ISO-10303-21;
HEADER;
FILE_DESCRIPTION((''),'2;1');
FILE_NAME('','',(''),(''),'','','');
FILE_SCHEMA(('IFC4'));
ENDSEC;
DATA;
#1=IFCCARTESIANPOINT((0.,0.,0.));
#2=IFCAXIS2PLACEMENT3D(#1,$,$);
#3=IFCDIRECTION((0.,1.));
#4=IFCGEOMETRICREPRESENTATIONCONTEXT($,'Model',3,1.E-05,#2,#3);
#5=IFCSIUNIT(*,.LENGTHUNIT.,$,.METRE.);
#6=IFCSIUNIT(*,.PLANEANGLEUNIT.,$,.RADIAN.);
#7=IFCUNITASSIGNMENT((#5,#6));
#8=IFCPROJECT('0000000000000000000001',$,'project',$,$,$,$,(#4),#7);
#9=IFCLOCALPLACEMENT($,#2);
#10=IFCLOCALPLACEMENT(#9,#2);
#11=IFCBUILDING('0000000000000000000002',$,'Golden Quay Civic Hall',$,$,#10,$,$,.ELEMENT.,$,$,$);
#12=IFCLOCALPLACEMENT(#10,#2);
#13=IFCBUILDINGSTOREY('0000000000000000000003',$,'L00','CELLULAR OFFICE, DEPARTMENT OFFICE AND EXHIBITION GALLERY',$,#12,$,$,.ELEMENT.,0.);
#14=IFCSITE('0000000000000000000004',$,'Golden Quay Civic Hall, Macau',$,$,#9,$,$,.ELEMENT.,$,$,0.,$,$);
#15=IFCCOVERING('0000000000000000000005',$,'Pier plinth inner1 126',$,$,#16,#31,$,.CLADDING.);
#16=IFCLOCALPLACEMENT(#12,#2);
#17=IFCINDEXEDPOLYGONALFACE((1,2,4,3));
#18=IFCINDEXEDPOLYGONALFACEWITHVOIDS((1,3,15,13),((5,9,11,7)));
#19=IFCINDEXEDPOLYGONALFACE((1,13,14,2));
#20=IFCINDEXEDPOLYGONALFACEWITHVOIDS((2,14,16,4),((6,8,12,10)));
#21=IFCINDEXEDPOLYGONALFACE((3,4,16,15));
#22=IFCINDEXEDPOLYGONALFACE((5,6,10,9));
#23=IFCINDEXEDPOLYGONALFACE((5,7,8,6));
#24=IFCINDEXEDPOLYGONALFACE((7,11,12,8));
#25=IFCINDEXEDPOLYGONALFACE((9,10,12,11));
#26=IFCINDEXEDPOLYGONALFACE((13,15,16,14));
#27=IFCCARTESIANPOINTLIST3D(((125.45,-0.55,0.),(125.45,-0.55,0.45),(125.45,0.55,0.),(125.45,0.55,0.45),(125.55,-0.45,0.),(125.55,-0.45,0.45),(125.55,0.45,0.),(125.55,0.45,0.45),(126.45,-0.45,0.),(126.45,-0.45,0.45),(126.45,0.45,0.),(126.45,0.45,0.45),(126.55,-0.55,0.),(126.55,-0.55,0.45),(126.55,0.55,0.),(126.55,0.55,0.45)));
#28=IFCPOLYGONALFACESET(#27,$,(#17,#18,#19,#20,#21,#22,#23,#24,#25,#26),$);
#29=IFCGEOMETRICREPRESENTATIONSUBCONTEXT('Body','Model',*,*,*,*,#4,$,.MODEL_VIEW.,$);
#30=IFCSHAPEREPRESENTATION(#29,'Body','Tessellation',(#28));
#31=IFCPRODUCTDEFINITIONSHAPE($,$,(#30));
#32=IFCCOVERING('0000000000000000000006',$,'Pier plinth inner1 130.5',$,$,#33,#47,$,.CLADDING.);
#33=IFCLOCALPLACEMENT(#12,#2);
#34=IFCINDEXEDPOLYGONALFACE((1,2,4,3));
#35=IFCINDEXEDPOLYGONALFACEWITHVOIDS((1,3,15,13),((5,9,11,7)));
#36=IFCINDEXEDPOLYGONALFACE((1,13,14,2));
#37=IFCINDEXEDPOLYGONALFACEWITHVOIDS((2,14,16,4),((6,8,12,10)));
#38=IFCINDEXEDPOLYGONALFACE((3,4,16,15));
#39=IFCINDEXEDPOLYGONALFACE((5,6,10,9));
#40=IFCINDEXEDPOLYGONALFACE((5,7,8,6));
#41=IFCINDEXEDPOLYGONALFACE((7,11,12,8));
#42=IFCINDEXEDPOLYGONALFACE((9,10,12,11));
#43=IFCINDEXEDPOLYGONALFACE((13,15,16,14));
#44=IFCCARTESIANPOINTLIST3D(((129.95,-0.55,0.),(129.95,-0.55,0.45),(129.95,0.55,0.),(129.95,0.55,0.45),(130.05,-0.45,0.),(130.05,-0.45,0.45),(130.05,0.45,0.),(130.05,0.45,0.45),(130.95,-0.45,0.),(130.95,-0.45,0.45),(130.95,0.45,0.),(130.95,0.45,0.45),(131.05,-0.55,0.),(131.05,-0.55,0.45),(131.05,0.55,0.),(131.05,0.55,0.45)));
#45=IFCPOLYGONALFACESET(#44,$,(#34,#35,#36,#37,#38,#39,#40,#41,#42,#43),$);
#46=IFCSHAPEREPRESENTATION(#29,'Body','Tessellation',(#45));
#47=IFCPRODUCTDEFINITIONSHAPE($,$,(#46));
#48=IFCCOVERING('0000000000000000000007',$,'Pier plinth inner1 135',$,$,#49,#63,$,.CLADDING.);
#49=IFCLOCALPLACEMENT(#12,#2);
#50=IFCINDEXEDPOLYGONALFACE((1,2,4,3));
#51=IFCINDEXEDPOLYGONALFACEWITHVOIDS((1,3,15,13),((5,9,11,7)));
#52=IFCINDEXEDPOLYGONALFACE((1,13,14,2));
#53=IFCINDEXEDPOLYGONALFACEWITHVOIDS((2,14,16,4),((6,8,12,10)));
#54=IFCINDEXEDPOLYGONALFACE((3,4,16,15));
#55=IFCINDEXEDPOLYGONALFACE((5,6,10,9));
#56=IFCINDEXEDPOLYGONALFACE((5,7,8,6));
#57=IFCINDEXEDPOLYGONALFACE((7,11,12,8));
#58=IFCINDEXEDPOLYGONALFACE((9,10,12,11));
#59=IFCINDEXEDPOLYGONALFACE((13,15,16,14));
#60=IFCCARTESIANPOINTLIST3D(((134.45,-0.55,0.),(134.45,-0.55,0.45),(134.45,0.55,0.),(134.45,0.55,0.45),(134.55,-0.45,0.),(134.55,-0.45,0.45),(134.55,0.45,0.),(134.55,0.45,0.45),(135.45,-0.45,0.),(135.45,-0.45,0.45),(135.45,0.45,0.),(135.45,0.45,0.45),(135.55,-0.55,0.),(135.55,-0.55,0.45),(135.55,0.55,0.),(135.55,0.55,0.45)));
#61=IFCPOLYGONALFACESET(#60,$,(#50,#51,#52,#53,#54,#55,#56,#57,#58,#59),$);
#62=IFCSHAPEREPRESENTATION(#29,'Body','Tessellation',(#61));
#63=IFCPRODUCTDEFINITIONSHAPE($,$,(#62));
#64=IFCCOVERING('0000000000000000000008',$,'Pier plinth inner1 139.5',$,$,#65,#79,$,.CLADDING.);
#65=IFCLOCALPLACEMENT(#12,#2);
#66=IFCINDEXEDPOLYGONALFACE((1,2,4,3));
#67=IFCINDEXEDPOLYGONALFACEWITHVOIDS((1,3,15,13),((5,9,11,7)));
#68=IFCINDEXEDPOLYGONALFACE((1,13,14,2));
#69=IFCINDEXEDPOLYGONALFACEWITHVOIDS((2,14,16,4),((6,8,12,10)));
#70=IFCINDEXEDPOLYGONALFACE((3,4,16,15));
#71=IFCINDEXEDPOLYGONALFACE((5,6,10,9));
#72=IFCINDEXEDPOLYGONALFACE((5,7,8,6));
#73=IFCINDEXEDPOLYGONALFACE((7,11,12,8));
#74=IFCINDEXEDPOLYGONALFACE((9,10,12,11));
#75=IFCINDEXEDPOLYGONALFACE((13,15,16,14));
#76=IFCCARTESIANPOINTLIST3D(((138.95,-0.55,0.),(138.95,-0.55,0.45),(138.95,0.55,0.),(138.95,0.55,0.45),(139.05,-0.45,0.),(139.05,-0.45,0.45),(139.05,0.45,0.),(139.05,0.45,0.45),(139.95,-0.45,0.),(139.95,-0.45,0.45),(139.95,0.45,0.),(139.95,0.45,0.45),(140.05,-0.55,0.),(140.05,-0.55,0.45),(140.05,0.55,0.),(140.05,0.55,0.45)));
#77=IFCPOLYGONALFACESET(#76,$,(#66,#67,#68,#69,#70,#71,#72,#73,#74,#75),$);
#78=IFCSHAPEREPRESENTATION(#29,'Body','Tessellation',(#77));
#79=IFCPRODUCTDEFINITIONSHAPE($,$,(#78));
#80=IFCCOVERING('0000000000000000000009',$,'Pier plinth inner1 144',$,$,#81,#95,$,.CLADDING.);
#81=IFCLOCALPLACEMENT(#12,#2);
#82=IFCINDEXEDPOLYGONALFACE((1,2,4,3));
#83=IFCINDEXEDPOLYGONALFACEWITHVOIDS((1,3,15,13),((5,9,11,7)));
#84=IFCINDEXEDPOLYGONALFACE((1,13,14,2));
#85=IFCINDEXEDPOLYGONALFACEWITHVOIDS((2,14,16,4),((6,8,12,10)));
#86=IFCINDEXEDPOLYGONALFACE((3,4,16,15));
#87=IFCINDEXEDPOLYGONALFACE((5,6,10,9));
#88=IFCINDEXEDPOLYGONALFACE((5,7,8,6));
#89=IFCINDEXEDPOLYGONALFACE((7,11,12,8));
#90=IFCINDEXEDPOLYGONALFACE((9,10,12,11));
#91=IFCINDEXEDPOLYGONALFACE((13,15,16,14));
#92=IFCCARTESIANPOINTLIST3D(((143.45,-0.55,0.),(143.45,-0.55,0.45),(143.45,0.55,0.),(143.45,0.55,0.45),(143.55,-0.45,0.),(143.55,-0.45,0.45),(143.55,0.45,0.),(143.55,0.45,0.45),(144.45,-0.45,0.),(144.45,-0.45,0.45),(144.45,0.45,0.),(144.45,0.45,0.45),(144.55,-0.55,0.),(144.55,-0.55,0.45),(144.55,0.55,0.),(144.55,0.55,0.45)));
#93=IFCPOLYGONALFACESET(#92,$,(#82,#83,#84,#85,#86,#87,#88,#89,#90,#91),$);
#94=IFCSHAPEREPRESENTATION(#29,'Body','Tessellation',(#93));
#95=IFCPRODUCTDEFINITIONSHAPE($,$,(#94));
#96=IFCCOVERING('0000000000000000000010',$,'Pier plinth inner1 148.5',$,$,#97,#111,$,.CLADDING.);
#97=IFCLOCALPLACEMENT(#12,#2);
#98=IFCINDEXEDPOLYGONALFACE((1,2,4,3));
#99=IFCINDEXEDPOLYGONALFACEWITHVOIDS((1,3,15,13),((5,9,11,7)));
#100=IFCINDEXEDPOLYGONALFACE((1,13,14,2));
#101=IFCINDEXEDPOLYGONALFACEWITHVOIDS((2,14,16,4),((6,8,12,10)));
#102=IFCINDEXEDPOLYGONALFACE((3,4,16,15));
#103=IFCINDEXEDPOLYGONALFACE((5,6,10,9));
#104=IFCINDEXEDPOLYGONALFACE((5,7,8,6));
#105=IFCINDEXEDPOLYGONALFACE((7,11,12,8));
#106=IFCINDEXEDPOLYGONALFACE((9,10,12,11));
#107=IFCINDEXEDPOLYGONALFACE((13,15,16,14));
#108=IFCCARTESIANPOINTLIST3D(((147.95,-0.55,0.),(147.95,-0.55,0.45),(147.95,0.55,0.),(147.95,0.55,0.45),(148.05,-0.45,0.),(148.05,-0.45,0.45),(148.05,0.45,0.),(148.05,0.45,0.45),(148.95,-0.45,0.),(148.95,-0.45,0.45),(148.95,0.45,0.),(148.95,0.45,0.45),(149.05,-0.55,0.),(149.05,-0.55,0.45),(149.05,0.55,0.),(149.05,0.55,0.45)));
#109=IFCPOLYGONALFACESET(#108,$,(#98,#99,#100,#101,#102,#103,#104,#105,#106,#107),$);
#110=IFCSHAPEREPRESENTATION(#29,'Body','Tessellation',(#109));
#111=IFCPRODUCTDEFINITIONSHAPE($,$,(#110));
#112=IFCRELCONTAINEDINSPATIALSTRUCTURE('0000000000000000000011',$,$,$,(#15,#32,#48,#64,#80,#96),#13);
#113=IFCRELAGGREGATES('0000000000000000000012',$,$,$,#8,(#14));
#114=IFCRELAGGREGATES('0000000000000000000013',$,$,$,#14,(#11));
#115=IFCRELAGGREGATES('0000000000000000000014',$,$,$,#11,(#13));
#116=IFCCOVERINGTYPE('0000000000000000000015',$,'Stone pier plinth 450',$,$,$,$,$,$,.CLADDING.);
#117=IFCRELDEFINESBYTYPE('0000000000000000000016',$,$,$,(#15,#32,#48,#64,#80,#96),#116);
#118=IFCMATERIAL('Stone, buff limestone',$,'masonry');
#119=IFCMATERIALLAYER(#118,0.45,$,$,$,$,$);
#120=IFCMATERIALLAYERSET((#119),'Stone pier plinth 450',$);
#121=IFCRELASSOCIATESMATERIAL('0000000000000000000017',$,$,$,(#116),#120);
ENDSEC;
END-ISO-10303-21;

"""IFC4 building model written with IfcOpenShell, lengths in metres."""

from ifc_helpers import new_model, si_unit, direction, origin, place, context, subcontext, project, spatial, polyline, outline, extrude, material, layer, layer_set, type_object, element, save


model = new_model("IFC4")

# Units and contexts
model_context = context("Model", 3, precision=1e-05, world=origin(), true_north=direction((0.0, 1.0)))
body_context = subcontext(model_context, "Body", "Model", "MODEL_VIEW")
ifc_project = project(units=[si_unit("LENGTHUNIT", "METRE"), si_unit("PLANEANGLEUNIT", "RADIAN")], contexts=[model_context])

# Site, building, storey
site_placement = place(None, origin())
site = spatial("IfcSite", under=ifc_project, at=site_placement, Name="Golden Quay Civic Hall, Macau", CompositionType="ELEMENT", RefElevation=0.0)
building_placement = place(site_placement, origin())
building = spatial("IfcBuilding", under=site, at=building_placement, Name="Golden Quay Civic Hall", CompositionType="ELEMENT")
storey_placement = place(building_placement, origin())
storey = spatial("IfcBuildingStorey", under=building, at=storey_placement, Name="L00", Description="CELLULAR OFFICE, DEPARTMENT OFFICE AND EXHIBITION GALLERY", CompositionType="ELEMENT", Elevation=0.0)

# Coverings
ifc_material_1 = material(Name="Stone, buff limestone", Category="masonry")
ifc_layer_1 = layer(ifc_material_1, 0.45)
ifc_layer_set_1 = layer_set([ifc_layer_1], Name="Stone pier plinth 450")
covering_type = type_object("IfcCoveringType", Name="Stone pier plinth 450", PredefinedType="CLADDING", material=ifc_layer_set_1)
covering_1_placement = place(storey_placement, origin())
element("IfcCovering", 1, at=covering_1_placement, inside=storey, type_object=covering_type, Name="Pier plinth inner1 126", PredefinedType="CLADDING", context=body_context, shape_type="SweptSolid", body=[
    extrude(outline(polyline([(125.45, -0.55), (126.55, -0.55), (126.55, 0.55), (125.45, 0.55), (125.45, -0.55)]), holes=[polyline([(125.55, -0.45), (126.45, -0.45), (126.45, 0.45), (125.55, 0.45), (125.55, -0.45)])]), origin(), (0.0, 0.0, 1.0), 0.45),
])
covering_2_placement = place(storey_placement, origin())
element("IfcCovering", 2, at=covering_2_placement, inside=storey, type_object=covering_type, Name="Pier plinth inner1 130.5", PredefinedType="CLADDING", context=body_context, shape_type="SweptSolid", body=[
    extrude(outline(polyline([(129.95, -0.55), (131.05, -0.55), (131.05, 0.55), (129.95, 0.55), (129.95, -0.55)]), holes=[polyline([(130.05, -0.45), (130.95, -0.45), (130.95, 0.45), (130.05, 0.45), (130.05, -0.45)])]), origin(), (0.0, 0.0, 1.0), 0.45),
])
covering_3_placement = place(storey_placement, origin())
element("IfcCovering", 3, at=covering_3_placement, inside=storey, type_object=covering_type, Name="Pier plinth inner1 135", PredefinedType="CLADDING", context=body_context, shape_type="SweptSolid", body=[
    extrude(outline(polyline([(134.45, -0.55), (135.55, -0.55), (135.55, 0.55), (134.45, 0.55), (134.45, -0.55)]), holes=[polyline([(134.55, -0.45), (135.45, -0.45), (135.45, 0.45), (134.55, 0.45), (134.55, -0.45)])]), origin(), (0.0, 0.0, 1.0), 0.45),
])
covering_4_placement = place(storey_placement, origin())
element("IfcCovering", 4, at=covering_4_placement, inside=storey, type_object=covering_type, Name="Pier plinth inner1 139.5", PredefinedType="CLADDING", context=body_context, shape_type="SweptSolid", body=[
    extrude(outline(polyline([(138.95, -0.55), (140.05, -0.55), (140.05, 0.55), (138.95, 0.55), (138.95, -0.55)]), holes=[polyline([(139.05, -0.45), (139.95, -0.45), (139.95, 0.45), (139.05, 0.45), (139.05, -0.45)])]), origin(), (0.0, 0.0, 1.0), 0.45),
])
covering_5_placement = place(storey_placement, origin())
element("IfcCovering", 5, at=covering_5_placement, inside=storey, type_object=covering_type, Name="Pier plinth inner1 144", PredefinedType="CLADDING", context=body_context, shape_type="SweptSolid", body=[
    extrude(outline(polyline([(143.45, -0.55), (144.55, -0.55), (144.55, 0.55), (143.45, 0.55), (143.45, -0.55)]), holes=[polyline([(143.55, -0.45), (144.45, -0.45), (144.45, 0.45), (143.55, 0.45), (143.55, -0.45)])]), origin(), (0.0, 0.0, 1.0), 0.45),
])
covering_6_placement = place(storey_placement, origin())
element("IfcCovering", 6, at=covering_6_placement, inside=storey, type_object=covering_type, Name="Pier plinth inner1 148.5", PredefinedType="CLADDING", context=body_context, shape_type="SweptSolid", body=[
    extrude(outline(polyline([(147.95, -0.55), (149.05, -0.55), (149.05, 0.55), (147.95, 0.55), (147.95, -0.55)]), holes=[polyline([(148.05, -0.45), (148.95, -0.45), (148.95, 0.45), (148.05, 0.45), (148.05, -0.45)])]), origin(), (0.0, 0.0, 1.0), 0.45),
])

save(model, "model.ifc")
